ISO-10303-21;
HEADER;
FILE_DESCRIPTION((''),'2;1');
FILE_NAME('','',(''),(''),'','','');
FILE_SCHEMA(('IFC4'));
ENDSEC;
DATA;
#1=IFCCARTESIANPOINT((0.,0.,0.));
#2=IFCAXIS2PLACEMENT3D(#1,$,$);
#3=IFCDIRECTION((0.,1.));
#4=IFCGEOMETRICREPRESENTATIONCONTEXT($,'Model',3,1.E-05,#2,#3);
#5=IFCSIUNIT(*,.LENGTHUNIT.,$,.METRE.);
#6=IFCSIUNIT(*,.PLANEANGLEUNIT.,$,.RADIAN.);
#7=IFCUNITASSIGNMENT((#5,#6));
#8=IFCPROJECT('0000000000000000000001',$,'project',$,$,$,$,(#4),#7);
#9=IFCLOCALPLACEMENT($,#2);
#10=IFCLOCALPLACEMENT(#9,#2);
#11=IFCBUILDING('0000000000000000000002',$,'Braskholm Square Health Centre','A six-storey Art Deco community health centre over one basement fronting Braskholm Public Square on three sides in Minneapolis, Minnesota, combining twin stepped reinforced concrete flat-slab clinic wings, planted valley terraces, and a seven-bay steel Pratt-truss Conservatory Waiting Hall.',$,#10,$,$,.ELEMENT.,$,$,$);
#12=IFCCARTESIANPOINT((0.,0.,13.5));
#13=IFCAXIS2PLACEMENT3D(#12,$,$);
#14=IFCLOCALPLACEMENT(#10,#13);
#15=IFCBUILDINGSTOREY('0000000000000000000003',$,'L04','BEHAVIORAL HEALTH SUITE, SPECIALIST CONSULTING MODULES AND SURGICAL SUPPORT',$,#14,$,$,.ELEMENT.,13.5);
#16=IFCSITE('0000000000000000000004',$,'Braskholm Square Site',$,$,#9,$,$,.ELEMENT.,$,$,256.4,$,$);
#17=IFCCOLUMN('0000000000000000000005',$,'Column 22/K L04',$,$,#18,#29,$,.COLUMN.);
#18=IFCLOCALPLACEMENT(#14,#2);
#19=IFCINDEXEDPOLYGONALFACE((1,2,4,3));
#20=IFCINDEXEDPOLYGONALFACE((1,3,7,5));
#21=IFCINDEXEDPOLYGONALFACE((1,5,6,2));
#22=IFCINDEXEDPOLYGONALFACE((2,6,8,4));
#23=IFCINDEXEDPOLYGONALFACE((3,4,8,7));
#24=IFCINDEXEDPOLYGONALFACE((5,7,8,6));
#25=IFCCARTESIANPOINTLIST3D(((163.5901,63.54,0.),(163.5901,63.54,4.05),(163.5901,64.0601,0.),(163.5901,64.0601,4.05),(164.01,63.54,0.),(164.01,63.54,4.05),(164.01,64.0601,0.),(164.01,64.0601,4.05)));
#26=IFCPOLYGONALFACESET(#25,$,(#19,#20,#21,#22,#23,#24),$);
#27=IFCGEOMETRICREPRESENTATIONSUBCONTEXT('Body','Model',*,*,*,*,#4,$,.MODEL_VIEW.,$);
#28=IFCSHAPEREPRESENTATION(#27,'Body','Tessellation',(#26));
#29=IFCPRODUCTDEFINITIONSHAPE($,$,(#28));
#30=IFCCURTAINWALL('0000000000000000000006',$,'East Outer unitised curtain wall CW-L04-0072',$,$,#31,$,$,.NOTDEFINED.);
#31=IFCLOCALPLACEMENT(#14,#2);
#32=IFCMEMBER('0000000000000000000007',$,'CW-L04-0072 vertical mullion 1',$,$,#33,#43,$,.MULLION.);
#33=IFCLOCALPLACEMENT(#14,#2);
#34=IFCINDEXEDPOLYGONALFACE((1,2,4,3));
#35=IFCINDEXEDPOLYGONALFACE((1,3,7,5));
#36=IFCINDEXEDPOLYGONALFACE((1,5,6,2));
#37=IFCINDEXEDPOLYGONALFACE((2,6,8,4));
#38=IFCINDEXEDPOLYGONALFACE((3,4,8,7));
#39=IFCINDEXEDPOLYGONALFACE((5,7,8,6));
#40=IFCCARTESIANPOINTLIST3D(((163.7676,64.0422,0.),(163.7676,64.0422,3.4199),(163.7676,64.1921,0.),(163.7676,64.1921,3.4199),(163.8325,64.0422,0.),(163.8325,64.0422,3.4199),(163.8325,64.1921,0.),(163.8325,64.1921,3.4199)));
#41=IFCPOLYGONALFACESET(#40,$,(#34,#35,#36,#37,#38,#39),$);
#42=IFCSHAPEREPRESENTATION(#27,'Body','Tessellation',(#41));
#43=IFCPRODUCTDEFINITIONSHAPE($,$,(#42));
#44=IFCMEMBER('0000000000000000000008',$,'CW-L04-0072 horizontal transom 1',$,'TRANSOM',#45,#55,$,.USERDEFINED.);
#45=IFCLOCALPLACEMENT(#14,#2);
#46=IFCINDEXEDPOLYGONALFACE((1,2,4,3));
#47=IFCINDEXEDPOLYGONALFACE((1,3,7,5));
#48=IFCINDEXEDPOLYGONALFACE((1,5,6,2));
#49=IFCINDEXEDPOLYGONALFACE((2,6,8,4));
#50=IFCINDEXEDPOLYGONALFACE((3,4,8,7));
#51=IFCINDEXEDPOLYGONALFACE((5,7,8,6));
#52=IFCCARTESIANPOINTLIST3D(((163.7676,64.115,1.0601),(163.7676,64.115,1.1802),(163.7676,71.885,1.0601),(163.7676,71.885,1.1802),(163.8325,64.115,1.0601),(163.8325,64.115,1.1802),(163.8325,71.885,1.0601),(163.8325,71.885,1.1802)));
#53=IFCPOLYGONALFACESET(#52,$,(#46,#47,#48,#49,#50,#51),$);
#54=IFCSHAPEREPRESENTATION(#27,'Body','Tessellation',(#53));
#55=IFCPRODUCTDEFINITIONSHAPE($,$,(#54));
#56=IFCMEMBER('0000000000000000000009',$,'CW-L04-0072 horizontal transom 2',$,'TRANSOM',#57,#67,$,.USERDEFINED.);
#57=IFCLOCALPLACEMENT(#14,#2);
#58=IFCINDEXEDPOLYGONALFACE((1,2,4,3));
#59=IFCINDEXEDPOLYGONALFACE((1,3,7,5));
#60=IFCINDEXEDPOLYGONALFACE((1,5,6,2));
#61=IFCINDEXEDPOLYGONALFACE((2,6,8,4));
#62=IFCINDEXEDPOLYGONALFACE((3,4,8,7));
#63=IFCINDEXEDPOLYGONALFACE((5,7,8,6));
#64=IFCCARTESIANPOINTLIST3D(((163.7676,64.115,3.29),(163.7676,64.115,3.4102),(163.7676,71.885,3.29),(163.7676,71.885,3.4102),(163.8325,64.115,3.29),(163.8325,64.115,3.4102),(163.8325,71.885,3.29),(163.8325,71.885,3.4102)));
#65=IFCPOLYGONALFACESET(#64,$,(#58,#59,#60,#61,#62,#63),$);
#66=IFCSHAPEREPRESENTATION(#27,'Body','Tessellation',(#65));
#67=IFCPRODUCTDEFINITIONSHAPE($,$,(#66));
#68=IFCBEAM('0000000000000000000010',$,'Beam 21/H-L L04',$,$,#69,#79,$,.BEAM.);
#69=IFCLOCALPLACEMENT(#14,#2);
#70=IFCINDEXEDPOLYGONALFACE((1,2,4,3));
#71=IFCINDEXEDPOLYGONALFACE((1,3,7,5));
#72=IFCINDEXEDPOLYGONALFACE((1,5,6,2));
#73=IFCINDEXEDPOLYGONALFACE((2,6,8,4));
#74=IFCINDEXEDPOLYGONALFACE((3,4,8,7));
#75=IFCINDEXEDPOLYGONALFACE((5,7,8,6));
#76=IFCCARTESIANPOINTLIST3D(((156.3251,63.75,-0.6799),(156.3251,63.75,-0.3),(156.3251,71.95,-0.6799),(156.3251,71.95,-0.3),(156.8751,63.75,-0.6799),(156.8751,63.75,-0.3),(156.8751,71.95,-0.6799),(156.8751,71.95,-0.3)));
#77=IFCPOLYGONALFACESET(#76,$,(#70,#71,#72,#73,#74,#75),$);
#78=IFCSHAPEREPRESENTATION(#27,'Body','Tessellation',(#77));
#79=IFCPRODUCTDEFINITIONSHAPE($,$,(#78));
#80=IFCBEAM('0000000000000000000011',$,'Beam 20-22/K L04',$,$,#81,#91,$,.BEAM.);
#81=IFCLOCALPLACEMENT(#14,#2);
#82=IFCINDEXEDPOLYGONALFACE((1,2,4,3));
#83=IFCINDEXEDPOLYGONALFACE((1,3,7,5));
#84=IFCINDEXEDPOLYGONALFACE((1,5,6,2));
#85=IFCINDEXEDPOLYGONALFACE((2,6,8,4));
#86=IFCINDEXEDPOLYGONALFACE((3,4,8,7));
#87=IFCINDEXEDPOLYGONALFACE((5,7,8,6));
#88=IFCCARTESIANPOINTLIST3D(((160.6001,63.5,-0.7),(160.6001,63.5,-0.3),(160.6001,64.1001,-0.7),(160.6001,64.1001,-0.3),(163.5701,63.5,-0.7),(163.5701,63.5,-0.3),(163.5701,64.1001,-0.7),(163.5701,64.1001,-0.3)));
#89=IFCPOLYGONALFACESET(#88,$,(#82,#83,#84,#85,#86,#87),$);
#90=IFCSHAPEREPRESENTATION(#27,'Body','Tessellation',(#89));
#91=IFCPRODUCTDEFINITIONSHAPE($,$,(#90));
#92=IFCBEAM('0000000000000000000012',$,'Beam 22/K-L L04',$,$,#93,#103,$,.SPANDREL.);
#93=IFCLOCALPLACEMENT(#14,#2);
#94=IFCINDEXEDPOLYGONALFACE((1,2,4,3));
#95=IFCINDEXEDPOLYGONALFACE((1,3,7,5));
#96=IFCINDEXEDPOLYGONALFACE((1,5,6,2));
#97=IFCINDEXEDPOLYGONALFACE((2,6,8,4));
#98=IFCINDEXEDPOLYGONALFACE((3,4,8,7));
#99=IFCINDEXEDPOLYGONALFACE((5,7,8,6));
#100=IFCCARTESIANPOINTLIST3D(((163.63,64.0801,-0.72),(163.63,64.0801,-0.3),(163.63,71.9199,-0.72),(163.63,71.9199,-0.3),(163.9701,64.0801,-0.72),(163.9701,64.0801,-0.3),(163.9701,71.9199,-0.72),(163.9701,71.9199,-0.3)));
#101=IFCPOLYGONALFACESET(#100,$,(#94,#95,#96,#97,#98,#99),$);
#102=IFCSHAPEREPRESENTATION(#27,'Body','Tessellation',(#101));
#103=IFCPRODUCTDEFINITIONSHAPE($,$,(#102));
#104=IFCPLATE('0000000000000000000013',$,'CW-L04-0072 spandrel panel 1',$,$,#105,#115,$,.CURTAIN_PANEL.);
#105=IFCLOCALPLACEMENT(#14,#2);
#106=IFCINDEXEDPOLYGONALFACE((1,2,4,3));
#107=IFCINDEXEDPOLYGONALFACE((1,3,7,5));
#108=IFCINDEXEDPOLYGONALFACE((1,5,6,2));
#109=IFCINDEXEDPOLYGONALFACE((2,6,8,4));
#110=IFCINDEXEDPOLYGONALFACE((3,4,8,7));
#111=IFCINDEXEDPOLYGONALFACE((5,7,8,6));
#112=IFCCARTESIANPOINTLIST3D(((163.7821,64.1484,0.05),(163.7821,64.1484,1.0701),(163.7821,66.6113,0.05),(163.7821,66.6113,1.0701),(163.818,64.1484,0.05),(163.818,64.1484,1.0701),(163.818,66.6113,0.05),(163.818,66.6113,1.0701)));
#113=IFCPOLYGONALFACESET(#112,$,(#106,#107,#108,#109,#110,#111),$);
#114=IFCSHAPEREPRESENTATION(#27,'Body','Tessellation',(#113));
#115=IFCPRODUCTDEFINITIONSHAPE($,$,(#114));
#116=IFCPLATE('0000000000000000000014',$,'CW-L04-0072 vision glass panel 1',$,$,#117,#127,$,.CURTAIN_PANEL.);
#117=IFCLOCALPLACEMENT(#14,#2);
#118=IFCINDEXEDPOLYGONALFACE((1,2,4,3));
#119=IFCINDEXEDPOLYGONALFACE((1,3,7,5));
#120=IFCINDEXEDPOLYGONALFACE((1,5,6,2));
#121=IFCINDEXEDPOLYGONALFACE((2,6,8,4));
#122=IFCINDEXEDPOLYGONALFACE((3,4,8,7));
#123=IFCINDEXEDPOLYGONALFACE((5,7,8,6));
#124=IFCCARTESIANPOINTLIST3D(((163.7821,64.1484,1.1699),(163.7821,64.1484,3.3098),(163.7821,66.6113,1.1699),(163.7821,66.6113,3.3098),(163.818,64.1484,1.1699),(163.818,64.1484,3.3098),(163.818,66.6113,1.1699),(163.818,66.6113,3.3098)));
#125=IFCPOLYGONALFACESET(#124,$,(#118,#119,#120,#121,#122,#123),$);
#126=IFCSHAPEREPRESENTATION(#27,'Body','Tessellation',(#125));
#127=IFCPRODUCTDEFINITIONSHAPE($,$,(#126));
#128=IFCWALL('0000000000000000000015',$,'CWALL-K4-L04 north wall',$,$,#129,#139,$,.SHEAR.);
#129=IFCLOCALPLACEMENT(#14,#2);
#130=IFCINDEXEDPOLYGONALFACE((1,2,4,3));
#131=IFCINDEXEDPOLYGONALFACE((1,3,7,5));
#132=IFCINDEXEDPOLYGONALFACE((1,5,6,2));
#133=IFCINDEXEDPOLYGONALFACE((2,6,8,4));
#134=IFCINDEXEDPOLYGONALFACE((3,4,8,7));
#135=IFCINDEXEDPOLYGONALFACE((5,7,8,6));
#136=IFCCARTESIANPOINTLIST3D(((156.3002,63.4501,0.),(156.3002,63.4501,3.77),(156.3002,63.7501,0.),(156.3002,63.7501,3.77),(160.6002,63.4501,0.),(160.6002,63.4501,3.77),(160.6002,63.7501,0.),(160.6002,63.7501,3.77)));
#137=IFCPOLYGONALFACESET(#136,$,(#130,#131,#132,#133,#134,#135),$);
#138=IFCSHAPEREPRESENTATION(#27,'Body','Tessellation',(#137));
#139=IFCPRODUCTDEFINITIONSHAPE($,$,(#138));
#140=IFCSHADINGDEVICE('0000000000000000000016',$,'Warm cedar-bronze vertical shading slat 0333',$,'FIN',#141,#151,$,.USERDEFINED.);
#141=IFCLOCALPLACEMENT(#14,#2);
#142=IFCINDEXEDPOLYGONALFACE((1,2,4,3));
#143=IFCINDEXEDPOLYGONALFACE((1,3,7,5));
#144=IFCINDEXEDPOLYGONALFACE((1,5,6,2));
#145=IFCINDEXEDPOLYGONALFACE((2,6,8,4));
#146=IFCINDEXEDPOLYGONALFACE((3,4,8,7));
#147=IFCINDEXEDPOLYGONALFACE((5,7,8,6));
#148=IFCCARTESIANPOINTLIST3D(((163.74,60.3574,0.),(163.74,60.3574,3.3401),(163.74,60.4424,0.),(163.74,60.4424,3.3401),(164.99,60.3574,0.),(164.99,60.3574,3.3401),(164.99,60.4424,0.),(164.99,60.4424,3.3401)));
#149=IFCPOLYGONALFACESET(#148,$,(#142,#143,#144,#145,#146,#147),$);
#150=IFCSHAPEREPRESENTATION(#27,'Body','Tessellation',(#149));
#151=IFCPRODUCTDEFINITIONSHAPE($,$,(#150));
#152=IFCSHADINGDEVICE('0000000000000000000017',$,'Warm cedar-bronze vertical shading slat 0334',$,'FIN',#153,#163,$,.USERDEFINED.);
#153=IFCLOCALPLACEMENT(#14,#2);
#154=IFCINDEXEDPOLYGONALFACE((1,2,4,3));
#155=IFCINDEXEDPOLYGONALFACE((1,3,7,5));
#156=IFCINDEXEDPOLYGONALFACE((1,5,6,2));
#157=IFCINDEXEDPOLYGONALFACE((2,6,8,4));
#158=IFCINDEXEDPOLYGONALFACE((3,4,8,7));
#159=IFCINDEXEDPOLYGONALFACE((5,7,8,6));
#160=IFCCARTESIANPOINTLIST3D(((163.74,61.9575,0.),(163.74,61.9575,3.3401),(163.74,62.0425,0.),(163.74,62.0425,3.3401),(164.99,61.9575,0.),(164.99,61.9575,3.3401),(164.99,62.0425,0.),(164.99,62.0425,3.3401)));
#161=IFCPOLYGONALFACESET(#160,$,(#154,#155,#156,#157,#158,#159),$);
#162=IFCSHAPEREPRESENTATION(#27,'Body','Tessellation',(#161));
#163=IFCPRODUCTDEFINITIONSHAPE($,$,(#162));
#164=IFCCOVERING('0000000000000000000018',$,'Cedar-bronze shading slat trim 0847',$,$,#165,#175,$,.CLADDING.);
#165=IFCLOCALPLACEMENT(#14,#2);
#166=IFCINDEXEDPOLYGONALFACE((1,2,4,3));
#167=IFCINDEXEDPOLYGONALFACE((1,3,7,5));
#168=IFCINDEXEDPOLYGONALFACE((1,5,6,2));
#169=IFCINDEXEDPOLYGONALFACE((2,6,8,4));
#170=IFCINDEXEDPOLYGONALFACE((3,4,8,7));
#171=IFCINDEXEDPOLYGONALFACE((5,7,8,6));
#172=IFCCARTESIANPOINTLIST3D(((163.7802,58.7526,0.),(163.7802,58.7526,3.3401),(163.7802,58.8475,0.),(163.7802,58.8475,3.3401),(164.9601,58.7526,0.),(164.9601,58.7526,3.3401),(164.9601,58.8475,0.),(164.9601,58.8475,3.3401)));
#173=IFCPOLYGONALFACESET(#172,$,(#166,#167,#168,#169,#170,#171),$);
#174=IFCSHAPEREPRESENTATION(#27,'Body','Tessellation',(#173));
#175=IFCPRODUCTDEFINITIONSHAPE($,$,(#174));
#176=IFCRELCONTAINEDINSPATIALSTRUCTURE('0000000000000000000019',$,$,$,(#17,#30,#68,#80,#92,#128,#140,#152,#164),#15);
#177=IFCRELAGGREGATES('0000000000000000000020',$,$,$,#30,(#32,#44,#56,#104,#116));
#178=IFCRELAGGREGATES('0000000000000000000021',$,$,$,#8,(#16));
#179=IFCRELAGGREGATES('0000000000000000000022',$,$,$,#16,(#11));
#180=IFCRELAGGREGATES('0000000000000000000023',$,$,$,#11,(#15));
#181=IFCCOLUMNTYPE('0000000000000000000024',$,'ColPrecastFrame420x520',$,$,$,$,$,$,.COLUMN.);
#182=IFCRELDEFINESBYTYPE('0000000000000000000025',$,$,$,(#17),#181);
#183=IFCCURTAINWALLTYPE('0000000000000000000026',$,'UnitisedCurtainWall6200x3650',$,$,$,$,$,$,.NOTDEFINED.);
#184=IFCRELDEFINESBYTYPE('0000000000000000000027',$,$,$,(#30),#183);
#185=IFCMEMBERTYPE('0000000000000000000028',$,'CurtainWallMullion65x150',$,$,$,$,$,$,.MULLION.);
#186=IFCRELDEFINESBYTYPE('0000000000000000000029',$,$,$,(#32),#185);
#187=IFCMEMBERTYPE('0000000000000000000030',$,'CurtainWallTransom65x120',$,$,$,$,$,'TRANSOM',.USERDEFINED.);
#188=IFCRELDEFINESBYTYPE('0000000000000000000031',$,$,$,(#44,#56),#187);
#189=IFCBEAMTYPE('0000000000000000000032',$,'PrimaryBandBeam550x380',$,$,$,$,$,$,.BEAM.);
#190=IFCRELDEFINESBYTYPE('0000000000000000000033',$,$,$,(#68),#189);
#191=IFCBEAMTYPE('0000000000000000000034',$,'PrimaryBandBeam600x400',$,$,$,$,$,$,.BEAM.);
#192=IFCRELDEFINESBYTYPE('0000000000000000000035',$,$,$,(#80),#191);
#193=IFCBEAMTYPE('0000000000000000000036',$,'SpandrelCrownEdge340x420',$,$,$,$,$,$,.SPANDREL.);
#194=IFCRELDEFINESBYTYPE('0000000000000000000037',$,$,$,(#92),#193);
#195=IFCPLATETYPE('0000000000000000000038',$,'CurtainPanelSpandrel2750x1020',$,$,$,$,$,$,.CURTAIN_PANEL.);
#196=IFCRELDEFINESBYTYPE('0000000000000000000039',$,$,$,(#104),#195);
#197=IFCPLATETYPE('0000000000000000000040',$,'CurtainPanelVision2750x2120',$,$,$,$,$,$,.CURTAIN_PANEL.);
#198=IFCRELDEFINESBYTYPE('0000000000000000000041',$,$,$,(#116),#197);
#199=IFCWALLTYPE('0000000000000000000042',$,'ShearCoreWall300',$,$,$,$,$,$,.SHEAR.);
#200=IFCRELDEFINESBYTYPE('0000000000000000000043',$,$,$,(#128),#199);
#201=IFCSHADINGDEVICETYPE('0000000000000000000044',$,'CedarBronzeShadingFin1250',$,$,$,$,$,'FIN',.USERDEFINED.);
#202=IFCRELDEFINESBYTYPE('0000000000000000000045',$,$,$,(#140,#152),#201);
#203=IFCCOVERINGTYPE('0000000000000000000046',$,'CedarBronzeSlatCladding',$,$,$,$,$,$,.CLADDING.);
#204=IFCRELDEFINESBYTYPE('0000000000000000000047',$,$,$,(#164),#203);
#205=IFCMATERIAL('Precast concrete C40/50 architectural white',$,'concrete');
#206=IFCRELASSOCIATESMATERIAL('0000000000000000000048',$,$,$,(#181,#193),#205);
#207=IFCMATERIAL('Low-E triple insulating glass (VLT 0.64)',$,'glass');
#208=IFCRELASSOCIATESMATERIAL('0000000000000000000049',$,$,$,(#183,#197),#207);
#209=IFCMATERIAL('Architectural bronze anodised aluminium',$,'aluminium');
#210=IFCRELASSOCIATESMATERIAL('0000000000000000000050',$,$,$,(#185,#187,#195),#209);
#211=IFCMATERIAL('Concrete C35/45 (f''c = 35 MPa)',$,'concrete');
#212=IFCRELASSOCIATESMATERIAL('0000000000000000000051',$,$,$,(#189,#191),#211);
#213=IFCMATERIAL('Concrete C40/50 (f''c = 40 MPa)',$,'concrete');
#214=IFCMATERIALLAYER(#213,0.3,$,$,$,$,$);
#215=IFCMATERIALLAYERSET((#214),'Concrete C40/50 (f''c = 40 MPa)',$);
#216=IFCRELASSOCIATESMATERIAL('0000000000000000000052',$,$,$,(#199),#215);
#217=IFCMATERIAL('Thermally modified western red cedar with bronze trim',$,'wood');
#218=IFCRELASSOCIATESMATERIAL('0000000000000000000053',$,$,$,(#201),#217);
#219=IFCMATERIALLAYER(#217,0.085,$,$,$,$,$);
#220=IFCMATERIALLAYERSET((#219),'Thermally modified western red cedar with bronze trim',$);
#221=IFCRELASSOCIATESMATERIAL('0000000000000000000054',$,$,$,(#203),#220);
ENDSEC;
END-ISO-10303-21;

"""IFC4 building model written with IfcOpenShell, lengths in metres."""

from ifc_helpers import new_model, si_unit, direction, frame, frame_2d, origin, origin_2d, place, context, subcontext, project, spatial, rectangle, extrude, material, layer, layer_set, material_profile, profile_set, type_object, element, aggregate, save


model = new_model("IFC4")

# Units and contexts
model_context = context("Model", 3, precision=1e-05, world=origin(), true_north=direction((0.0, 1.0)))
body_context = subcontext(model_context, "Body", "Model", "MODEL_VIEW")
ifc_project = project(units=[si_unit("LENGTHUNIT", "METRE"), si_unit("PLANEANGLEUNIT", "RADIAN")], contexts=[model_context])

# Site, building, storey
site_placement = place(None, origin())
site = spatial("IfcSite", under=ifc_project, at=site_placement, Name="Braskholm Square Site", CompositionType="ELEMENT", RefElevation=256.4)
building_placement = place(site_placement, origin())
building = spatial("IfcBuilding", under=site, at=building_placement, Name="Braskholm Square Health Centre", Description="A six-storey Art Deco community health centre over one basement fronting Braskholm Public Square on three sides in Minneapolis, Minnesota, combining twin stepped reinforced concrete flat-slab clinic wings, planted valley terraces, and a seven-bay steel Pratt-truss Conservatory Waiting Hall.", CompositionType="ELEMENT")
storey_placement = place(building_placement, frame((0.0, 0.0, 13.5)))
storey = spatial("IfcBuildingStorey", under=building, at=storey_placement, Name="L04", Description="BEHAVIORAL HEALTH SUITE, SPECIALIST CONSULTING MODULES AND SURGICAL SUPPORT", CompositionType="ELEMENT", Elevation=13.5)

# Column
ifc_material_1 = material(Name="Precast concrete C40/50 architectural white", Category="concrete")
ifc_material_profile_1 = material_profile(ifc_material_1, rectangle(XDim=0.4199, YDim=0.52, at=origin_2d()), Name="RC-420X520")
ifc_profile_set_1 = profile_set([ifc_material_profile_1], Name="Precast concrete C40/50 architectural white")
column_type = type_object("IfcColumnType", Name="ColPrecastFrame420x520", PredefinedType="COLUMN", material=ifc_profile_set_1)
column_placement = place(storey_placement, frame((163.8, 63.8, 0.0), z_axis=(0.0, 0.0, 1.0), x_axis=(1.0, 0.0, 0.0)))
element("IfcColumn", 1, at=column_placement, inside=storey, type_object=column_type, Name="Column 22/K L04", PredefinedType="COLUMN", context=body_context, shape_type="SweptSolid", body=[
    extrude(rectangle(XDim=0.4199, YDim=0.52, at=origin_2d()), origin(), (0.0, 0.0, 1.0), 4.05),
])

# Curtain wall, members
ifc_material_2 = material(Name="Low-E triple insulating glass (VLT 0.64)", Category="glass")
curtain_wall_type = type_object("IfcCurtainWallType", Name="UnitisedCurtainWall6200x3650", PredefinedType="NOTDEFINED", material=ifc_material_2)
curtain_wall_placement = place(storey_placement, origin())
curtain_wall = element("IfcCurtainWall", 2, at=curtain_wall_placement, inside=storey, type_object=curtain_wall_type, Name="East Outer unitised curtain wall CW-L04-0072", PredefinedType="NOTDEFINED")
ifc_material_3 = material(Name="Architectural bronze anodised aluminium", Category="aluminium")
ifc_material_profile_2 = material_profile(ifc_material_3, rectangle(XDim=0.0649, YDim=0.1499, at=origin_2d()), Name="ALU-65X150")
ifc_profile_set_2 = profile_set([ifc_material_profile_2], Name="Architectural bronze anodised aluminium")
member_type_1 = type_object("IfcMemberType", Name="CurtainWallMullion65x150", PredefinedType="MULLION", material=ifc_profile_set_2)
member_1_placement = place(storey_placement, frame((163.8, 64.1172, 0.0), z_axis=(0.0, 0.0, 1.0), x_axis=(1.0, 0.0, 0.0)))
member_1 = element("IfcMember", 3, at=member_1_placement, type_object=member_type_1, Name="CW-L04-0072 vertical mullion 1", PredefinedType="MULLION", context=body_context, shape_type="SweptSolid", body=[
    extrude(rectangle(XDim=0.0649, YDim=0.1499, at=origin_2d()), origin(), (0.0, 0.0, 1.0), 3.4199),
])
ifc_material_profile_3 = material_profile(ifc_material_3, rectangle(XDim=0.0649, YDim=0.1201, at=origin_2d()), Name="ALU-65X120")
ifc_profile_set_3 = profile_set([ifc_material_profile_3], Name="Architectural bronze anodised aluminium")
member_type_2 = type_object("IfcMemberType", Name="CurtainWallTransom65x120", ElementType="TRANSOM", PredefinedType="USERDEFINED", material=ifc_profile_set_3)
member_2_placement = place(storey_placement, frame((163.8, 64.115, 1.1201), z_axis=(0.0, 1.0, 0.0), x_axis=(-1.0, 0.0, 0.0)))
member_2 = element("IfcMember", 4, at=member_2_placement, type_object=member_type_2, Name="CW-L04-0072 horizontal transom 1", ObjectType="TRANSOM", PredefinedType="USERDEFINED", context=body_context, shape_type="SweptSolid", body=[
    extrude(rectangle(XDim=0.0649, YDim=0.1201, at=origin_2d()), origin(), (0.0, 0.0, 1.0), 7.77),
])
member_3_placement = place(storey_placement, frame((163.8, 64.115, 3.3501), z_axis=(0.0, 1.0, 0.0), x_axis=(-1.0, 0.0, 0.0)))
member_3 = element("IfcMember", 5, at=member_3_placement, type_object=member_type_2, Name="CW-L04-0072 horizontal transom 2", ObjectType="TRANSOM", PredefinedType="USERDEFINED", context=body_context, shape_type="SweptSolid", body=[
    extrude(rectangle(XDim=0.0649, YDim=0.1201, at=origin_2d()), origin(), (0.0, 0.0, 1.0), 7.77),
])

# Beams
ifc_material_4 = material(Name="Concrete C35/45 (f'c = 35 MPa)", Category="concrete")
ifc_material_profile_4 = material_profile(ifc_material_4, rectangle(XDim=0.55, YDim=0.3799, at=origin_2d()), Name="RCB-550X380")
ifc_profile_set_4 = profile_set([ifc_material_profile_4], Name="Concrete C35/45 (f'c = 35 MPa)")
beam_type_1 = type_object("IfcBeamType", Name="PrimaryBandBeam550x380", PredefinedType="BEAM", material=ifc_profile_set_4)
beam_1_placement = place(storey_placement, frame((156.6001, 63.75, -0.49), z_axis=(0.0, 1.0, 0.0), x_axis=(-1.0, 0.0, 0.0)))
element("IfcBeam", 6, at=beam_1_placement, inside=storey, type_object=beam_type_1, Name="Beam 21/H-L L04", PredefinedType="BEAM", context=body_context, shape_type="SweptSolid", body=[
    extrude(rectangle(XDim=0.55, YDim=0.3799, at=origin_2d()), origin(), (0.0, 0.0, 1.0), 8.2),
])
ifc_material_profile_5 = material_profile(ifc_material_4, rectangle(XDim=0.6001, YDim=0.3999, at=origin_2d()), Name="RCB-600X400")
ifc_profile_set_5 = profile_set([ifc_material_profile_5], Name="Concrete C35/45 (f'c = 35 MPa)")
beam_type_2 = type_object("IfcBeamType", Name="PrimaryBandBeam600x400", PredefinedType="BEAM", material=ifc_profile_set_5)
beam_2_placement = place(storey_placement, frame((160.6001, 63.8, -0.5), z_axis=(1.0, 0.0, 0.0), x_axis=(0.0, 1.0, 0.0)))
element("IfcBeam", 7, at=beam_2_placement, inside=storey, type_object=beam_type_2, Name="Beam 20-22/K L04", PredefinedType="BEAM", context=body_context, shape_type="SweptSolid", body=[
    extrude(rectangle(XDim=0.6001, YDim=0.3999, at=origin_2d()), origin(), (0.0, 0.0, 1.0), 2.97),
])
ifc_material_profile_6 = material_profile(ifc_material_1, rectangle(XDim=0.3401, YDim=0.4199, at=origin_2d()), Name="RCB-340X420")
ifc_profile_set_6 = profile_set([ifc_material_profile_6], Name="Precast concrete C40/50 architectural white")
beam_type_3 = type_object("IfcBeamType", Name="SpandrelCrownEdge340x420", PredefinedType="SPANDREL", material=ifc_profile_set_6)
beam_3_placement = place(storey_placement, frame((163.8, 64.0801, -0.51), z_axis=(0.0, 1.0, 0.0), x_axis=(-1.0, 0.0, 0.0)))
element("IfcBeam", 8, at=beam_3_placement, inside=storey, type_object=beam_type_3, Name="Beam 22/K-L L04", PredefinedType="SPANDREL", context=body_context, shape_type="SweptSolid", body=[
    extrude(rectangle(XDim=0.3401, YDim=0.4199, at=origin_2d()), origin(), (0.0, 0.0, 1.0), 7.8398),
])

# Plates
plate_type_1 = type_object("IfcPlateType", Name="CurtainPanelSpandrel2750x1020", PredefinedType="CURTAIN_PANEL", material=ifc_material_3)
plate_1_placement = place(storey_placement, frame((163.8, 65.3799, 0.05), z_axis=(0.0, 0.0, 1.0), x_axis=(0.0, 1.0, 0.0)))
plate_1 = element("IfcPlate", 9, at=plate_1_placement, type_object=plate_type_1, Name="CW-L04-0072 spandrel panel 1", PredefinedType="CURTAIN_PANEL", context=body_context, shape_type="SweptSolid", body=[
    extrude(rectangle(XDim=2.4629, YDim=0.0359, at=origin_2d()), origin(), (0.0, 0.0, 1.0), 1.02),
])
plate_type_2 = type_object("IfcPlateType", Name="CurtainPanelVision2750x2120", PredefinedType="CURTAIN_PANEL", material=ifc_material_2)
plate_2_placement = place(storey_placement, frame((163.8, 65.3799, 1.1699), z_axis=(0.0, 0.0, 1.0), x_axis=(0.0, 1.0, 0.0)))
plate_2 = element("IfcPlate", 10, at=plate_2_placement, type_object=plate_type_2, Name="CW-L04-0072 vision glass panel 1", PredefinedType="CURTAIN_PANEL", context=body_context, shape_type="SweptSolid", body=[
    extrude(rectangle(XDim=2.4629, YDim=0.0359, at=origin_2d()), origin(), (0.0, 0.0, 1.0), 2.1399),
])
aggregate(curtain_wall, [member_1, member_2, member_3, plate_1, plate_2])

# Wall
ifc_material_5 = material(Name="Concrete C40/50 (f'c = 40 MPa)", Category="concrete")
ifc_layer_1 = layer(ifc_material_5, 0.3)
ifc_layer_set_1 = layer_set([ifc_layer_1], Name="Concrete C40/50 (f'c = 40 MPa)")
wall_type = type_object("IfcWallType", Name="ShearCoreWall300", PredefinedType="SHEAR", material=ifc_layer_set_1)
wall_1_placement = place(storey_placement, frame((160.6001, 63.6001, 0.0), z_axis=(0.0, 0.0, 1.0), x_axis=(-1.0, 0.0, 0.0)))
element("IfcWall", 11, at=wall_1_placement, inside=storey, type_object=wall_type, Name="CWALL-K4-L04 north wall", PredefinedType="SHEAR", context=body_context, shape_type="SweptSolid", body=[
    extrude(rectangle(XDim=4.3, YDim=0.3, at=frame_2d((2.1499, 0.0))), origin(), (0.0, 0.0, 1.0), 3.77),
])

# Shading devices
ifc_material_6 = material(Name="Thermally modified western red cedar with bronze trim", Category="wood")
shading_device_type = type_object("IfcShadingDeviceType", Name="CedarBronzeShadingFin1250", ElementType="FIN", PredefinedType="USERDEFINED", material=ifc_material_6)
for number, where, z_axis, x_axis, name in (
    (12, (164.365, 60.3999, 0.0), (0.0, 0.0, 1.0), (1.0, 0.0, 0.0), "Warm cedar-bronze vertical shading slat 0333"),
    (13, (164.365, 62.0, 0.0), (0.0, 0.0, 1.0), (1.0, 0.0, 0.0), "Warm cedar-bronze vertical shading slat 0334"),
):
    element("IfcShadingDevice", number, at=place(storey_placement, frame(where, z_axis=z_axis, x_axis=x_axis)), inside=storey, type_object=shading_device_type, Name=name, ObjectType="FIN", PredefinedType="USERDEFINED", context=body_context, shape_type="SweptSolid", body=[
        extrude(rectangle(XDim=1.25, YDim=0.085, at=origin_2d()), origin(), (0.0, 0.0, 1.0), 3.3401),
    ])

# Covering
ifc_layer_2 = layer(ifc_material_6, 0.085)
ifc_layer_set_2 = layer_set([ifc_layer_2], Name="Thermally modified western red cedar with bronze trim")
covering_type_1 = type_object("IfcCoveringType", Name="CedarBronzeSlatCladding", PredefinedType="CLADDING", material=ifc_layer_set_2)
for number, where, z_axis, x_axis, name in (
    (14, (164.3701, 58.8, 0.0), (0.0, 0.0, 1.0), (1.0, 0.0, 0.0), "Cedar-bronze shading slat trim 0847"),
):
    element("IfcCovering", number, at=place(storey_placement, frame(where, z_axis=z_axis, x_axis=x_axis)), inside=storey, type_object=covering_type_1, Name=name, PredefinedType="CLADDING", context=body_context, shape_type="SweptSolid", body=[
        extrude(rectangle(XDim=1.1799, YDim=0.095, at=origin_2d()), origin(), (0.0, 0.0, 1.0), 3.3401),
    ])

save(model, "model.ifc")
